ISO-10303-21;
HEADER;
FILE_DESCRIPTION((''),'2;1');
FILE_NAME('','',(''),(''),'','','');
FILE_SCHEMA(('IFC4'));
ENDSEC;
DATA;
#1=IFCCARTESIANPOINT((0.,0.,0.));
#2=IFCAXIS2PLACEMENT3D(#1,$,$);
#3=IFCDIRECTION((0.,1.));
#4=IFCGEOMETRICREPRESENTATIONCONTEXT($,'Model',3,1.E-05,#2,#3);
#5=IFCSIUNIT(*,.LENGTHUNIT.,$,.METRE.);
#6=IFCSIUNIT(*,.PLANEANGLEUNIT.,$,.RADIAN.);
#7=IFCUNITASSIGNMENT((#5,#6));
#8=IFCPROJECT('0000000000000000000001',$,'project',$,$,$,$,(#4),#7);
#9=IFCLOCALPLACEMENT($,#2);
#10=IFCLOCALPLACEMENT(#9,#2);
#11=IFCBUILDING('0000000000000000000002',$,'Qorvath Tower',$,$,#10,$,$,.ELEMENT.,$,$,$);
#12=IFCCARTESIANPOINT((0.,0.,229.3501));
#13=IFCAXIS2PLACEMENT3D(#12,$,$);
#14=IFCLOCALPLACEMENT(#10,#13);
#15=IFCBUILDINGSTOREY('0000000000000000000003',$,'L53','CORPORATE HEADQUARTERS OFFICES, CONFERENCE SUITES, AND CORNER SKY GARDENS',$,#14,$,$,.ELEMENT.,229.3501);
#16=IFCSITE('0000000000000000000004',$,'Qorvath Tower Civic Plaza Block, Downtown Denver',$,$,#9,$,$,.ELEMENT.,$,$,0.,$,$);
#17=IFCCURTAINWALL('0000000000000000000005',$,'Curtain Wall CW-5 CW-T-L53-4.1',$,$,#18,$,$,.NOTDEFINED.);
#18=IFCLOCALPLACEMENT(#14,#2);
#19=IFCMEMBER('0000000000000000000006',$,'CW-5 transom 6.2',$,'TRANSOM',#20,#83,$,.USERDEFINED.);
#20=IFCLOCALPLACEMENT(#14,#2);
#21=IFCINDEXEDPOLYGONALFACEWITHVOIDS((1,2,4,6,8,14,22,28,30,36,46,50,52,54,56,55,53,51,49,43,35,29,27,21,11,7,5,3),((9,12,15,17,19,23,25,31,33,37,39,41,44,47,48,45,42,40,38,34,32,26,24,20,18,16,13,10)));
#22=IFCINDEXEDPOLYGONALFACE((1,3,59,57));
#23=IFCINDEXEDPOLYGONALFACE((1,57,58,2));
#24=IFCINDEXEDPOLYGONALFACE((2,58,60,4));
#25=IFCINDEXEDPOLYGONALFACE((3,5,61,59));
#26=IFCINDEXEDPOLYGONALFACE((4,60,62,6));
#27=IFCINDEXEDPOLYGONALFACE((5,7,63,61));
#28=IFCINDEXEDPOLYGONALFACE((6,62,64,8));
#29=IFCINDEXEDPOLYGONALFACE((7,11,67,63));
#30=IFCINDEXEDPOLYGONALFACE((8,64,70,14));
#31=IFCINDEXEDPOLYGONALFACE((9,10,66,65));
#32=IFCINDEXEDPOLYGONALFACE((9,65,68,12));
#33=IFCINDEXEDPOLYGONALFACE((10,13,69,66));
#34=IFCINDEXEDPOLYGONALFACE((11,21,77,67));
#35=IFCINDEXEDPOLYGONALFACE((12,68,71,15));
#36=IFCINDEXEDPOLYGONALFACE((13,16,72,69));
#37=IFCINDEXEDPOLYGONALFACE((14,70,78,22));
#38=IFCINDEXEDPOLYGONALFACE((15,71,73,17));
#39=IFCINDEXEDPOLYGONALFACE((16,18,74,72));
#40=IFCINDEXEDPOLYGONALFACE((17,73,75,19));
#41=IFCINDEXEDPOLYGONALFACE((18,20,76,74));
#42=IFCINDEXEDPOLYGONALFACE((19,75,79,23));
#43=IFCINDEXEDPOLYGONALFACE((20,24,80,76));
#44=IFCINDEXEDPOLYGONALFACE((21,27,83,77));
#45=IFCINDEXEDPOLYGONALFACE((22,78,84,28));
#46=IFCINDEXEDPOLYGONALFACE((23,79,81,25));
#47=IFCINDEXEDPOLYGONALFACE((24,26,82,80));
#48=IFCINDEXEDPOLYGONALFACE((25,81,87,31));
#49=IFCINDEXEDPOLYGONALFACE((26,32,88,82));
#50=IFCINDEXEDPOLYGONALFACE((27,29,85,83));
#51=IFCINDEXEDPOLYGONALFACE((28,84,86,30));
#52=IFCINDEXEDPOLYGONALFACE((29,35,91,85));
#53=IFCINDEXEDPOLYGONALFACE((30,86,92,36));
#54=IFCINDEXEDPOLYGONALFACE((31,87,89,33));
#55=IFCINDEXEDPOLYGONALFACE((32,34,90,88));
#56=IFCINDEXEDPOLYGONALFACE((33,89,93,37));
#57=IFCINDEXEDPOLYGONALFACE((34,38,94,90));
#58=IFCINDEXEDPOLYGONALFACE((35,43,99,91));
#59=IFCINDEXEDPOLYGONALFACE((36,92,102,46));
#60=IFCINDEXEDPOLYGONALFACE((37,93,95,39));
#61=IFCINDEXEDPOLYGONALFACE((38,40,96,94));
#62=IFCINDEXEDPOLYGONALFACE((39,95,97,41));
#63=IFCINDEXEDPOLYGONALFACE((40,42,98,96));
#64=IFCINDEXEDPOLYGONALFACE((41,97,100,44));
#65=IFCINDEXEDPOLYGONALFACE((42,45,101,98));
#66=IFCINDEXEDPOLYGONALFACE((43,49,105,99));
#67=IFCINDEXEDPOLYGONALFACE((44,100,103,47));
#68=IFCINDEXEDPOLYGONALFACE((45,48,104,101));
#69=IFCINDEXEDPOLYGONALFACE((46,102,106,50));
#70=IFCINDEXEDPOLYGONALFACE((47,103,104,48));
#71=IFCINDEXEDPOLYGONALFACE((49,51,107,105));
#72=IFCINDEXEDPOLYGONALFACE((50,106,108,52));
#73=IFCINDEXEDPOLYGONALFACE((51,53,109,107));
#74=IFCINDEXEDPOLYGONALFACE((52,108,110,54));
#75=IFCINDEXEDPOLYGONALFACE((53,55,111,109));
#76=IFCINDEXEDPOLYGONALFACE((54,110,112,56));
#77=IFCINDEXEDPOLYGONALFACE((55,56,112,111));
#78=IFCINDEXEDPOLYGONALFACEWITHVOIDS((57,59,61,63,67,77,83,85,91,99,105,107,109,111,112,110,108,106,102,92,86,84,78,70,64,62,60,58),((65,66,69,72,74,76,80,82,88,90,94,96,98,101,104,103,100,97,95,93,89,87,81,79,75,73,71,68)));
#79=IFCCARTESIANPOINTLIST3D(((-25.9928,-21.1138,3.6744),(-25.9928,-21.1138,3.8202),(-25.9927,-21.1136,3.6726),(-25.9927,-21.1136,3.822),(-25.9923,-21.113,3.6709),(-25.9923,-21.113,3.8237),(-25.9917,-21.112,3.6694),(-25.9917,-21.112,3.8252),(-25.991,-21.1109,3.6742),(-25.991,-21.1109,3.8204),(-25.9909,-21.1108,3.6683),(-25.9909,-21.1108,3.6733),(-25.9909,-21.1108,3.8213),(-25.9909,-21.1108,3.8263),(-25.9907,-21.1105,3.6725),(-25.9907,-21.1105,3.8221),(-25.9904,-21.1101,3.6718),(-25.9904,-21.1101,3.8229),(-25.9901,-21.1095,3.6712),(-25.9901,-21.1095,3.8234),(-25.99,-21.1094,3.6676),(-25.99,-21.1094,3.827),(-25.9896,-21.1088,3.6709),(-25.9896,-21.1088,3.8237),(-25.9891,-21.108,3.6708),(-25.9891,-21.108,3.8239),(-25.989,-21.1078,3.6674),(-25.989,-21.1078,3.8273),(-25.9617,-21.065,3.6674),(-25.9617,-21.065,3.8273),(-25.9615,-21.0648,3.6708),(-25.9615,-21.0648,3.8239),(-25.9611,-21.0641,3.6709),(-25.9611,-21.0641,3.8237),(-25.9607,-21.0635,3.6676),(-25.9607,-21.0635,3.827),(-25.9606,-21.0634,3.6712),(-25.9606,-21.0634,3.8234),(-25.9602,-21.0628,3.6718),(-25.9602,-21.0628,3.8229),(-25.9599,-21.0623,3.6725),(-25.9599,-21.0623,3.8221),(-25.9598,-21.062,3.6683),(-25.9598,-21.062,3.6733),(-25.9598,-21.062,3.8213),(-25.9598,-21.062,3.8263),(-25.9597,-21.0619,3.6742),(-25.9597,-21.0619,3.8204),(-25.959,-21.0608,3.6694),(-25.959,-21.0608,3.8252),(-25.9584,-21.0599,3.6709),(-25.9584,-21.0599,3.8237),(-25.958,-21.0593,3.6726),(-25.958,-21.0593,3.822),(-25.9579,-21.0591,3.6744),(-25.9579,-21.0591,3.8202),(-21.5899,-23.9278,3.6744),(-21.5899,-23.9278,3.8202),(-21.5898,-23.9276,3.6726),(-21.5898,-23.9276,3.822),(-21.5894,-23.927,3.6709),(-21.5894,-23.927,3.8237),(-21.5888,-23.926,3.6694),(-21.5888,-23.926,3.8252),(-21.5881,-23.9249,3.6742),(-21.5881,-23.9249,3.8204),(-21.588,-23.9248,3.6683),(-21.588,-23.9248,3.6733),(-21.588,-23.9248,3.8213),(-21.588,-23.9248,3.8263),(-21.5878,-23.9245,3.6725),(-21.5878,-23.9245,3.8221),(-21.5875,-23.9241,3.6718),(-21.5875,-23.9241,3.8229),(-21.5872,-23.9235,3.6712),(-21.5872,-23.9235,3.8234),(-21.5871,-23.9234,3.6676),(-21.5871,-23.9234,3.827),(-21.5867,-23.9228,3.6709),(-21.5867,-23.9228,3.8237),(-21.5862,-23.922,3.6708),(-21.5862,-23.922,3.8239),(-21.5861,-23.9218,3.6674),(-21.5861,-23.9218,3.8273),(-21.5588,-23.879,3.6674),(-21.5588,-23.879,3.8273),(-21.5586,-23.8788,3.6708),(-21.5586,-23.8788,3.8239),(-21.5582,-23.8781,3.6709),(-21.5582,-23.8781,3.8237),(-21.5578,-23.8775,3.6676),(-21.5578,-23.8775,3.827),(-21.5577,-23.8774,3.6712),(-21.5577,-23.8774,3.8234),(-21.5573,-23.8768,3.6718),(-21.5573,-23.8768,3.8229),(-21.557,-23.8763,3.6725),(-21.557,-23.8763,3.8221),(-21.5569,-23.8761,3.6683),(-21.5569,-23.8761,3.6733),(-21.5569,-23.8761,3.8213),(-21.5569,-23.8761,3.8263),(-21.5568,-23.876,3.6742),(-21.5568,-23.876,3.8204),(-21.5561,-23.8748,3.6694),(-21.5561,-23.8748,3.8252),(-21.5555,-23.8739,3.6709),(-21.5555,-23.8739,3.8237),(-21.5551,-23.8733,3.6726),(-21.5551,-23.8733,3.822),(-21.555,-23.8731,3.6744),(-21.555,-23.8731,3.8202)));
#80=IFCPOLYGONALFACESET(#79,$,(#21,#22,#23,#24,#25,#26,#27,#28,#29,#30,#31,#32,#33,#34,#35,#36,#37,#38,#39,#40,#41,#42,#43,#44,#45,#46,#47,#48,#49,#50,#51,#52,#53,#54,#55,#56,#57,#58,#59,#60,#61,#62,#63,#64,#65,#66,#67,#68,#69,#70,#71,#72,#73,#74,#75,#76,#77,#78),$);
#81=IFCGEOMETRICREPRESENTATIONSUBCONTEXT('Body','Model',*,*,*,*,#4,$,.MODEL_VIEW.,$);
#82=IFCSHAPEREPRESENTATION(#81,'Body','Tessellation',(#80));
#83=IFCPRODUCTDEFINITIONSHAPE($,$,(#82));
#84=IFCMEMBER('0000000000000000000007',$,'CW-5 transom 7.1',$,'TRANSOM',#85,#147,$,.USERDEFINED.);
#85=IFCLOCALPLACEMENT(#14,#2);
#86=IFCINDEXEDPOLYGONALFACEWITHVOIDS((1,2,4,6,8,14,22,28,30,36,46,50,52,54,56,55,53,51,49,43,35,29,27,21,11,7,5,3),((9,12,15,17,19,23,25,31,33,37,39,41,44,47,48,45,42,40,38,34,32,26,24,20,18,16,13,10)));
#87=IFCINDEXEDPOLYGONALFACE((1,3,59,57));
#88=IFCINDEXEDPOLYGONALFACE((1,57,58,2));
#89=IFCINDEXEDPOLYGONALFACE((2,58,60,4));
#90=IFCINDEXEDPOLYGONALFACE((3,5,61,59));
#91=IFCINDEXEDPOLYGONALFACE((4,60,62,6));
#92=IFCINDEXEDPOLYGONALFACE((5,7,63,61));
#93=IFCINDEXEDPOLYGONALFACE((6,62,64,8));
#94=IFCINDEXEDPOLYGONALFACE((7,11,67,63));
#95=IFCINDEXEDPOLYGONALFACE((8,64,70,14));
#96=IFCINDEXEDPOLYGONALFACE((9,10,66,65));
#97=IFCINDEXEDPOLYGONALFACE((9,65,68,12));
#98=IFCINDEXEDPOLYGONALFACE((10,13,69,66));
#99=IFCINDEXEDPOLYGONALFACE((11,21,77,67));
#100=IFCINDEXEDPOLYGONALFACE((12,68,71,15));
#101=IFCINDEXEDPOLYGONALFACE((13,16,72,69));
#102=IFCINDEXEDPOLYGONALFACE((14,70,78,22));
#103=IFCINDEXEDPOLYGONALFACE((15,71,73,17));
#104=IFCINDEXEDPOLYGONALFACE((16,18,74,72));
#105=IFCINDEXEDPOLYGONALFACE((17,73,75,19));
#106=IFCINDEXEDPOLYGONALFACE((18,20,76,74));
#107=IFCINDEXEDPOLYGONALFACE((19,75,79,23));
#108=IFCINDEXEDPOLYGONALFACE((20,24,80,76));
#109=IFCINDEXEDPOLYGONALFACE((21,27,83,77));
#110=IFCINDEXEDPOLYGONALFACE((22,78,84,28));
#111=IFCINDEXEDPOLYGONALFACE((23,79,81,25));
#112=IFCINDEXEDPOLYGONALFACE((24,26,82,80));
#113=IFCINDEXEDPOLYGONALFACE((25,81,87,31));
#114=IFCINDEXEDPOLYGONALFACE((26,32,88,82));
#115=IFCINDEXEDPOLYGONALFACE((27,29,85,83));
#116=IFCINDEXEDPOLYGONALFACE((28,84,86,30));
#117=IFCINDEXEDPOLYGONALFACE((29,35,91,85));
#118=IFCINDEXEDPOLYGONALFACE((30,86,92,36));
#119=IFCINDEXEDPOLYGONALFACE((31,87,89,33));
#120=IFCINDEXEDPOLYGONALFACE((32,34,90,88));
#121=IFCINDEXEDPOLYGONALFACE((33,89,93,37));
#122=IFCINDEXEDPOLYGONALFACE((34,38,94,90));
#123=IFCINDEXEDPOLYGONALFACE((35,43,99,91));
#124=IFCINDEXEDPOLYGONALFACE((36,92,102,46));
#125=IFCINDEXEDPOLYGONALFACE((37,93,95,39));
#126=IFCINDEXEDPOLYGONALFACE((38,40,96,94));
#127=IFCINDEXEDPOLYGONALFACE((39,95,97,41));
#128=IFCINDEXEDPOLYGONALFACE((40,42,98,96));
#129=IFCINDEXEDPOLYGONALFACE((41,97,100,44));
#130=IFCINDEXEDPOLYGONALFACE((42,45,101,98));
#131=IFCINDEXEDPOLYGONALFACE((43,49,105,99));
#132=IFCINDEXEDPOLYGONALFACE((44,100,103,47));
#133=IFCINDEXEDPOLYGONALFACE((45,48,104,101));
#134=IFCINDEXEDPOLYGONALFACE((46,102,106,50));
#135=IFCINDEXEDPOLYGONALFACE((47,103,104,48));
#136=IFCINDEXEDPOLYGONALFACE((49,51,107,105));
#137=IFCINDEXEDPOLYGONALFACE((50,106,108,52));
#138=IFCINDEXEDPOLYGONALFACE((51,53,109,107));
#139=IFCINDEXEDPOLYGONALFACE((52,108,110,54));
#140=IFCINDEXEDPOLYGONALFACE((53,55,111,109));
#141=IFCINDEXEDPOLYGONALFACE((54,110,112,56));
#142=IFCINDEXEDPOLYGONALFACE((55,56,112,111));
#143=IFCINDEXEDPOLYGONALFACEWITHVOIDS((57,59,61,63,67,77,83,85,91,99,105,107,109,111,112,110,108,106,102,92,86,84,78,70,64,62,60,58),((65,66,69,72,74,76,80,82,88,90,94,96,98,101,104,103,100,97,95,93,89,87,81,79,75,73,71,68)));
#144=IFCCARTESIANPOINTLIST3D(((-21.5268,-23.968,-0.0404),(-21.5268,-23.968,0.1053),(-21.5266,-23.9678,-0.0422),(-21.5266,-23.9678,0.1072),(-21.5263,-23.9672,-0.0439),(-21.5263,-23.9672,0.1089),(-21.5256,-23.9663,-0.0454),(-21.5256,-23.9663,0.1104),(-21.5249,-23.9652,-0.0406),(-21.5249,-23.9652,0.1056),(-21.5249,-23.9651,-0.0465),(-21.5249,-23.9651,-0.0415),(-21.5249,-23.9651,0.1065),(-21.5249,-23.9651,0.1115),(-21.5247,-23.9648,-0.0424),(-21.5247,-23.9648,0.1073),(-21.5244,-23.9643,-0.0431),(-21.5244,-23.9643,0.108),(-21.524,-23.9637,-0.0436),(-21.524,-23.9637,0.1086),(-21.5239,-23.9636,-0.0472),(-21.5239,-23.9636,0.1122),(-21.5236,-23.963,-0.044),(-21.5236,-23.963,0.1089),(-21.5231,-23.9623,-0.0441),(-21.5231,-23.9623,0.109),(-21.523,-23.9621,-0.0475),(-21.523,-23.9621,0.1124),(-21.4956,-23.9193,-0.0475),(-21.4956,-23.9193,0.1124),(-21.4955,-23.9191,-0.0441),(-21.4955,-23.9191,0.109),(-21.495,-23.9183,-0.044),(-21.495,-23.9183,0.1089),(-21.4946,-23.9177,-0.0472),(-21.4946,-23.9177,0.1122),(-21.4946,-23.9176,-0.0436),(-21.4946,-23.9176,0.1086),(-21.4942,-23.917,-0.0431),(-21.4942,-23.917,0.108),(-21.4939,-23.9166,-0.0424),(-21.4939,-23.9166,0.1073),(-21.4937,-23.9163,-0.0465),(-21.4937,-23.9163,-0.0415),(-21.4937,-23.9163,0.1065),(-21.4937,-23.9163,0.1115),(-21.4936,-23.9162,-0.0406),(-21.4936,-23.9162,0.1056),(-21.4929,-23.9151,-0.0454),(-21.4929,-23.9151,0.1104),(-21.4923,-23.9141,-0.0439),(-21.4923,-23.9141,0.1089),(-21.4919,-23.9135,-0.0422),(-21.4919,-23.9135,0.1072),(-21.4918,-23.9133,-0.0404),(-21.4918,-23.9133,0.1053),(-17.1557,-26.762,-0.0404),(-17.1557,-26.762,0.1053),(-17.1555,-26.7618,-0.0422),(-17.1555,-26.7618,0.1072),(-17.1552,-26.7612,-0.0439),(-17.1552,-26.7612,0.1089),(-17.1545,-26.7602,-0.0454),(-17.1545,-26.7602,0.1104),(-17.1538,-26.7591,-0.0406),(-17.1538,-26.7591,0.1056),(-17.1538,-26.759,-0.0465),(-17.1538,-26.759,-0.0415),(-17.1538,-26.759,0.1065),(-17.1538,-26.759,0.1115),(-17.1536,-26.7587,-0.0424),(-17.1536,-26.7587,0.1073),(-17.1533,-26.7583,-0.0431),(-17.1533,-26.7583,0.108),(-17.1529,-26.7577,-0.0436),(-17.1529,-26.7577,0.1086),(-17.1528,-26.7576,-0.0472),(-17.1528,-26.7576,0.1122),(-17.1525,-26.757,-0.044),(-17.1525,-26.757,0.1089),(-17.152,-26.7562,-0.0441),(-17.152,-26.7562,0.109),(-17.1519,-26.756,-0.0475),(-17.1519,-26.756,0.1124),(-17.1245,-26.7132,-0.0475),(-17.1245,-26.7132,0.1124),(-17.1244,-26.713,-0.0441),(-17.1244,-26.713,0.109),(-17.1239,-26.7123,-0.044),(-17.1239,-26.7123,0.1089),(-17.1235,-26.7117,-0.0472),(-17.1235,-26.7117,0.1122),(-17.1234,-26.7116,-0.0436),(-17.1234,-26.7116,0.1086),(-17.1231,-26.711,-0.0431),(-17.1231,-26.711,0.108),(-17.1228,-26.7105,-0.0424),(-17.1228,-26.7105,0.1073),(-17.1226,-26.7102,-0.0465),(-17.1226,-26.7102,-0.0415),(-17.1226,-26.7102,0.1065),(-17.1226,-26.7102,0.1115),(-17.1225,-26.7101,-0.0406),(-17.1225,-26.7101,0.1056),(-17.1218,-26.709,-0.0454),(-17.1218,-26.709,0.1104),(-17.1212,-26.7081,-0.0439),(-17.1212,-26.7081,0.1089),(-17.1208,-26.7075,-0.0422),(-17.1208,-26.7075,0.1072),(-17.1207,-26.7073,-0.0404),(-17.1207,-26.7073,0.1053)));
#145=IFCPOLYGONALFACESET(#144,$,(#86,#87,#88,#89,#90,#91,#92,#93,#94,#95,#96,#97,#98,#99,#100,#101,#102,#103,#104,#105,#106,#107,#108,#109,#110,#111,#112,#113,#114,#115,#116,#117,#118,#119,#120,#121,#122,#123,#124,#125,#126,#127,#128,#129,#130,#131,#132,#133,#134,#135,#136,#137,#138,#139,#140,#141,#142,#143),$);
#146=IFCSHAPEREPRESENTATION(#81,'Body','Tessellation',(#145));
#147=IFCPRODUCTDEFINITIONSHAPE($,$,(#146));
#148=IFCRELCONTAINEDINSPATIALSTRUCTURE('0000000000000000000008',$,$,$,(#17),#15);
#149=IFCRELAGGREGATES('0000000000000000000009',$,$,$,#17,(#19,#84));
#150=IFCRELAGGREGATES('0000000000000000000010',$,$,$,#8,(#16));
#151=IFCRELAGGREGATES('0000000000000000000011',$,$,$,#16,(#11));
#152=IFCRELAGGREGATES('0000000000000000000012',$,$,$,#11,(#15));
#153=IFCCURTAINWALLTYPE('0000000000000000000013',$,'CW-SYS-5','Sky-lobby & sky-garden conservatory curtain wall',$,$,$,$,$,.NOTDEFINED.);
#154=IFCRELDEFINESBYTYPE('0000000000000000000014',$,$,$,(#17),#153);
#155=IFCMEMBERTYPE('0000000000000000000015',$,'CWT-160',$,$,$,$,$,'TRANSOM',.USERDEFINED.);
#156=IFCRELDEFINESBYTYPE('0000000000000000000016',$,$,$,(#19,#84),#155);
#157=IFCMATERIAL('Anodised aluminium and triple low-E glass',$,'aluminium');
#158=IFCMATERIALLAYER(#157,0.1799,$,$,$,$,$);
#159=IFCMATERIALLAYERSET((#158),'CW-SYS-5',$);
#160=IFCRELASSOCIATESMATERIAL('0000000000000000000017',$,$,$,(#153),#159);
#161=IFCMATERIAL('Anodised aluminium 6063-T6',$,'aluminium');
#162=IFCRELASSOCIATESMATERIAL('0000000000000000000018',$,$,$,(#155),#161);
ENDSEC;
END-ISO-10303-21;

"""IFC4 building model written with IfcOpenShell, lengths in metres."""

from ifc_helpers import new_model, si_unit, direction, frame, origin, origin_2d, place, context, subcontext, project, spatial, hollow_rectangle, extrude, material, layer, layer_set, material_profile, profile_set, type_object, element, aggregate, save


model = new_model("IFC4")

# Units and contexts
model_context = context("Model", 3, precision=1e-05, world=origin(), true_north=direction((0.0, 1.0)))
body_context = subcontext(model_context, "Body", "Model", "MODEL_VIEW")
ifc_project = project(units=[si_unit("LENGTHUNIT", "METRE"), si_unit("PLANEANGLEUNIT", "RADIAN")], contexts=[model_context])

# Site, building, storey
site_placement = place(None, origin())
site = spatial("IfcSite", under=ifc_project, at=site_placement, Name="Qorvath Tower Civic Plaza Block, Downtown Denver", CompositionType="ELEMENT", RefElevation=0.0)
building_placement = place(site_placement, origin())
building = spatial("IfcBuilding", under=site, at=building_placement, Name="Qorvath Tower", CompositionType="ELEMENT")
storey_placement = place(building_placement, frame((0.0, 0.0, 229.3501)))
storey = spatial("IfcBuildingStorey", under=building, at=storey_placement, Name="L53", Description="CORPORATE HEADQUARTERS OFFICES, CONFERENCE SUITES, AND CORNER SKY GARDENS", CompositionType="ELEMENT", Elevation=229.3501)

# Curtain wall, members
ifc_material_1 = material(Name="Anodised aluminium and triple low-E glass", Category="aluminium")
ifc_layer_1 = layer(ifc_material_1, 0.1799)
ifc_layer_set_1 = layer_set([ifc_layer_1], Name="CW-SYS-5")
curtain_wall_type = type_object("IfcCurtainWallType", Name="CW-SYS-5", Description="Sky-lobby & sky-garden conservatory curtain wall", PredefinedType="NOTDEFINED", material=ifc_layer_set_1)
curtain_wall_placement = place(storey_placement, origin())
curtain_wall = element("IfcCurtainWall", 1, at=curtain_wall_placement, inside=storey, type_object=curtain_wall_type, Name="Curtain Wall CW-5 CW-T-L53-4.1", PredefinedType="NOTDEFINED")
ifc_material_2 = material(Name="Anodised aluminium 6063-T6", Category="aluminium")
ifc_material_profile_1 = material_profile(ifc_material_2, hollow_rectangle(XDim=0.0649, YDim=0.1599, WallThickness=0.0034, InnerFilletRadius=0.0034, OuterFilletRadius=0.0071, at=origin_2d()), Name="CWT 160x65")
ifc_profile_set_1 = profile_set([ifc_material_profile_1], Name="Anodised aluminium 6063-T6")
member_type_1 = type_object("IfcMemberType", Name="CWT-160", ElementType="TRANSOM", PredefinedType="USERDEFINED", material=ifc_profile_set_1)
member_1_placement = place(storey_placement, frame((-25.9753, -21.0864, 3.7473), z_axis=(0.842606, -0.538531, 0.0), x_axis=(0.538531, 0.842606, 0.0)))
member_1 = element("IfcMember", 2, at=member_1_placement, type_object=member_type_1, Name="CW-5 transom 6.2", ObjectType="TRANSOM", PredefinedType="USERDEFINED", context=body_context, shape_type="SweptSolid", body=[
    extrude(hollow_rectangle(XDim=0.0649, YDim=0.1599, WallThickness=0.0034, InnerFilletRadius=0.0034, OuterFilletRadius=0.0071, at=origin_2d()), origin(), (0.0, 0.0, 1.0), 5.2253),
])
member_2_placement = place(storey_placement, frame((-21.5093, -23.9407, 0.0325), z_axis=(0.842582, -0.538568, 0.0), x_axis=(0.538568, 0.842582, 0.0)))
member_2 = element("IfcMember", 3, at=member_2_placement, type_object=member_type_1, Name="CW-5 transom 7.1", ObjectType="TRANSOM", PredefinedType="USERDEFINED", context=body_context, shape_type="SweptSolid", body=[
    extrude(hollow_rectangle(XDim=0.0649, YDim=0.1599, WallThickness=0.0034, InnerFilletRadius=0.0034, OuterFilletRadius=0.0071, at=origin_2d()), origin(), (0.0, 0.0, 1.0), 5.1877),
])
aggregate(curtain_wall, [member_1, member_2])

save(model, "model.ifc")
